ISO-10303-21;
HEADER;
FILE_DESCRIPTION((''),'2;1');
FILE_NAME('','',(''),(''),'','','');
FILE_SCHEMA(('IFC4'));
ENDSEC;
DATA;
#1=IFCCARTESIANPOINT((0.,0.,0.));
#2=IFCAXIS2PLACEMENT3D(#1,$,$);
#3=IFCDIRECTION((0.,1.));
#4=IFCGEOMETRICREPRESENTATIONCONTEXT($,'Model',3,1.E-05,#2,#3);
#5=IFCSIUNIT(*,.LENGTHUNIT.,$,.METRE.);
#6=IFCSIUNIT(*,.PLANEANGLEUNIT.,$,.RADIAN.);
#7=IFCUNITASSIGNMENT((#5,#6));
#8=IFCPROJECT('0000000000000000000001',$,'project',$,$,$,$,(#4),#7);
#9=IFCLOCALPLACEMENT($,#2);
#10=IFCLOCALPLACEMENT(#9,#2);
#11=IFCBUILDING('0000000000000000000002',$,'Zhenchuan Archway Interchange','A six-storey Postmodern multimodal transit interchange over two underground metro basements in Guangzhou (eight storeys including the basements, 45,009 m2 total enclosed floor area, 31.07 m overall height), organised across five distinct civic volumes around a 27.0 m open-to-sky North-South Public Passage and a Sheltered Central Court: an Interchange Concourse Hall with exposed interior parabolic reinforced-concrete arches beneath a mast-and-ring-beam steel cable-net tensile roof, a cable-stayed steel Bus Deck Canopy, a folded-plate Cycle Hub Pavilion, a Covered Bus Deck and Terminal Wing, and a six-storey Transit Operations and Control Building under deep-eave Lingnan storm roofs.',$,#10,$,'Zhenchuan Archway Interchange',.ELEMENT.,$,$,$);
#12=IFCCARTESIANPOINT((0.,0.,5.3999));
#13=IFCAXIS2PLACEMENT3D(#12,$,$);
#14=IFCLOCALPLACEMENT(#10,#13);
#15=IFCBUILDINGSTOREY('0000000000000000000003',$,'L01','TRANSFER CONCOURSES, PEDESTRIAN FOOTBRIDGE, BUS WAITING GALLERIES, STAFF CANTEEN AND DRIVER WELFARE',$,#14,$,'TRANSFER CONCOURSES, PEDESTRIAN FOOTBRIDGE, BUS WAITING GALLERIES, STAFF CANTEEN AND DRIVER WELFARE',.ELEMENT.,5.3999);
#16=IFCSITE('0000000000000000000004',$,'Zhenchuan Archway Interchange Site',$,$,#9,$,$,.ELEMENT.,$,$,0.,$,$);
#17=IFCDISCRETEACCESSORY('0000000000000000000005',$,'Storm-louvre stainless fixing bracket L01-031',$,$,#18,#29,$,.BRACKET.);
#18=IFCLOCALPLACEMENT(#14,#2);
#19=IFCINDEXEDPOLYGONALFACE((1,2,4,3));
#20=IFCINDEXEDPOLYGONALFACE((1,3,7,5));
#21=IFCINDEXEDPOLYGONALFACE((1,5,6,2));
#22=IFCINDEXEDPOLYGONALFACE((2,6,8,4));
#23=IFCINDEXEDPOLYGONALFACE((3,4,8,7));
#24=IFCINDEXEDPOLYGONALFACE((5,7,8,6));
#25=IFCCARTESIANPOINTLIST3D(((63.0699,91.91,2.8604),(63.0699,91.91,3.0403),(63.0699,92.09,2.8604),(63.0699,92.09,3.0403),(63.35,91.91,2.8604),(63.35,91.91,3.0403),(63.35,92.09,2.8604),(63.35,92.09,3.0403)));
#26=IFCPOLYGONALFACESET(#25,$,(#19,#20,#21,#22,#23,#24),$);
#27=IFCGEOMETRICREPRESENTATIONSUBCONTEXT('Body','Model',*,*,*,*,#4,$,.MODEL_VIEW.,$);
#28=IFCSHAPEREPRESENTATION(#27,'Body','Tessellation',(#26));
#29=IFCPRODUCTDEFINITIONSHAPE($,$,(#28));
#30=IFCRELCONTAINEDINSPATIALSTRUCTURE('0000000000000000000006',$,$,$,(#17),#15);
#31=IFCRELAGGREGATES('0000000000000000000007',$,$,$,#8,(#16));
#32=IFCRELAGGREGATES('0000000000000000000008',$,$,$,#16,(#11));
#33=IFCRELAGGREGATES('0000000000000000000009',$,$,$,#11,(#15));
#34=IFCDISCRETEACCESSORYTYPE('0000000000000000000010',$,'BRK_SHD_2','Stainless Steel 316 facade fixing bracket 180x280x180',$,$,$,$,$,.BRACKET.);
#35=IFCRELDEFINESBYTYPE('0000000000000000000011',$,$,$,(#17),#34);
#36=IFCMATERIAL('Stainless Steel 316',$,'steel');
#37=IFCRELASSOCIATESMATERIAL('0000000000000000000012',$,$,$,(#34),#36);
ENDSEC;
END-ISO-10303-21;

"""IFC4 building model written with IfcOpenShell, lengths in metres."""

from ifc_helpers import new_model, si_unit, direction, frame, origin, origin_2d, place, context, subcontext, project, spatial, rectangle, extrude, material, type_object, element, save


model = new_model("IFC4")

# Units and contexts
model_context = context("Model", 3, precision=1e-05, world=origin(), true_north=direction((0.0, 1.0)))
body_context = subcontext(model_context, "Body", "Model", "MODEL_VIEW")
ifc_project = project(units=[si_unit("LENGTHUNIT", "METRE"), si_unit("PLANEANGLEUNIT", "RADIAN")], contexts=[model_context])

# Site, building, storey
site_placement = place(None, origin())
site = spatial("IfcSite", under=ifc_project, at=site_placement, Name="Zhenchuan Archway Interchange Site", CompositionType="ELEMENT", RefElevation=0.0)
building_placement = place(site_placement, origin())
building = spatial("IfcBuilding", under=site, at=building_placement, Name="Zhenchuan Archway Interchange", Description="A six-storey Postmodern multimodal transit interchange over two underground metro basements in Guangzhou (eight storeys including the basements, 45,009 m2 total enclosed floor area, 31.07 m overall height), organised across five distinct civic volumes around a 27.0 m open-to-sky North-South Public Passage and a Sheltered Central Court: an Interchange Concourse Hall with exposed interior parabolic reinforced-concrete arches beneath a mast-and-ring-beam steel cable-net tensile roof, a cable-stayed steel Bus Deck Canopy, a folded-plate Cycle Hub Pavilion, a Covered Bus Deck and Terminal Wing, and a six-storey Transit Operations and Control Building under deep-eave Lingnan storm roofs.", LongName="Zhenchuan Archway Interchange", CompositionType="ELEMENT")
storey_placement = place(building_placement, frame((0.0, 0.0, 5.3999)))
storey = spatial("IfcBuildingStorey", under=building, at=storey_placement, Name="L01", Description="TRANSFER CONCOURSES, PEDESTRIAN FOOTBRIDGE, BUS WAITING GALLERIES, STAFF CANTEEN AND DRIVER WELFARE", LongName="TRANSFER CONCOURSES, PEDESTRIAN FOOTBRIDGE, BUS WAITING GALLERIES, STAFF CANTEEN AND DRIVER WELFARE", CompositionType="ELEMENT", Elevation=5.3999)

# Discrete accessory
ifc_material_1 = material(Name="Stainless Steel 316", Category="steel")
discrete_accessory_type = type_object("IfcDiscreteAccessoryType", Name="BRK_SHD_2", Description="Stainless Steel 316 facade fixing bracket 180x280x180", PredefinedType="BRACKET", material=ifc_material_1)
discrete_accessory_placement = place(storey_placement, frame((63.21, 92.0, 2.8604), z_axis=(0.0, 0.0, 1.0), x_axis=(0.0, -1.0, 0.0)))
element("IfcDiscreteAccessory", 1, at=discrete_accessory_placement, inside=storey, type_object=discrete_accessory_type, Name="Storm-louvre stainless fixing bracket L01-031", PredefinedType="BRACKET", context=body_context, shape_type="SweptSolid", body=[
    extrude(rectangle(XDim=0.1799, YDim=0.28, at=origin_2d()), origin(), (0.0, 0.0, 1.0), 0.1799),
])

save(model, "model.ifc")
